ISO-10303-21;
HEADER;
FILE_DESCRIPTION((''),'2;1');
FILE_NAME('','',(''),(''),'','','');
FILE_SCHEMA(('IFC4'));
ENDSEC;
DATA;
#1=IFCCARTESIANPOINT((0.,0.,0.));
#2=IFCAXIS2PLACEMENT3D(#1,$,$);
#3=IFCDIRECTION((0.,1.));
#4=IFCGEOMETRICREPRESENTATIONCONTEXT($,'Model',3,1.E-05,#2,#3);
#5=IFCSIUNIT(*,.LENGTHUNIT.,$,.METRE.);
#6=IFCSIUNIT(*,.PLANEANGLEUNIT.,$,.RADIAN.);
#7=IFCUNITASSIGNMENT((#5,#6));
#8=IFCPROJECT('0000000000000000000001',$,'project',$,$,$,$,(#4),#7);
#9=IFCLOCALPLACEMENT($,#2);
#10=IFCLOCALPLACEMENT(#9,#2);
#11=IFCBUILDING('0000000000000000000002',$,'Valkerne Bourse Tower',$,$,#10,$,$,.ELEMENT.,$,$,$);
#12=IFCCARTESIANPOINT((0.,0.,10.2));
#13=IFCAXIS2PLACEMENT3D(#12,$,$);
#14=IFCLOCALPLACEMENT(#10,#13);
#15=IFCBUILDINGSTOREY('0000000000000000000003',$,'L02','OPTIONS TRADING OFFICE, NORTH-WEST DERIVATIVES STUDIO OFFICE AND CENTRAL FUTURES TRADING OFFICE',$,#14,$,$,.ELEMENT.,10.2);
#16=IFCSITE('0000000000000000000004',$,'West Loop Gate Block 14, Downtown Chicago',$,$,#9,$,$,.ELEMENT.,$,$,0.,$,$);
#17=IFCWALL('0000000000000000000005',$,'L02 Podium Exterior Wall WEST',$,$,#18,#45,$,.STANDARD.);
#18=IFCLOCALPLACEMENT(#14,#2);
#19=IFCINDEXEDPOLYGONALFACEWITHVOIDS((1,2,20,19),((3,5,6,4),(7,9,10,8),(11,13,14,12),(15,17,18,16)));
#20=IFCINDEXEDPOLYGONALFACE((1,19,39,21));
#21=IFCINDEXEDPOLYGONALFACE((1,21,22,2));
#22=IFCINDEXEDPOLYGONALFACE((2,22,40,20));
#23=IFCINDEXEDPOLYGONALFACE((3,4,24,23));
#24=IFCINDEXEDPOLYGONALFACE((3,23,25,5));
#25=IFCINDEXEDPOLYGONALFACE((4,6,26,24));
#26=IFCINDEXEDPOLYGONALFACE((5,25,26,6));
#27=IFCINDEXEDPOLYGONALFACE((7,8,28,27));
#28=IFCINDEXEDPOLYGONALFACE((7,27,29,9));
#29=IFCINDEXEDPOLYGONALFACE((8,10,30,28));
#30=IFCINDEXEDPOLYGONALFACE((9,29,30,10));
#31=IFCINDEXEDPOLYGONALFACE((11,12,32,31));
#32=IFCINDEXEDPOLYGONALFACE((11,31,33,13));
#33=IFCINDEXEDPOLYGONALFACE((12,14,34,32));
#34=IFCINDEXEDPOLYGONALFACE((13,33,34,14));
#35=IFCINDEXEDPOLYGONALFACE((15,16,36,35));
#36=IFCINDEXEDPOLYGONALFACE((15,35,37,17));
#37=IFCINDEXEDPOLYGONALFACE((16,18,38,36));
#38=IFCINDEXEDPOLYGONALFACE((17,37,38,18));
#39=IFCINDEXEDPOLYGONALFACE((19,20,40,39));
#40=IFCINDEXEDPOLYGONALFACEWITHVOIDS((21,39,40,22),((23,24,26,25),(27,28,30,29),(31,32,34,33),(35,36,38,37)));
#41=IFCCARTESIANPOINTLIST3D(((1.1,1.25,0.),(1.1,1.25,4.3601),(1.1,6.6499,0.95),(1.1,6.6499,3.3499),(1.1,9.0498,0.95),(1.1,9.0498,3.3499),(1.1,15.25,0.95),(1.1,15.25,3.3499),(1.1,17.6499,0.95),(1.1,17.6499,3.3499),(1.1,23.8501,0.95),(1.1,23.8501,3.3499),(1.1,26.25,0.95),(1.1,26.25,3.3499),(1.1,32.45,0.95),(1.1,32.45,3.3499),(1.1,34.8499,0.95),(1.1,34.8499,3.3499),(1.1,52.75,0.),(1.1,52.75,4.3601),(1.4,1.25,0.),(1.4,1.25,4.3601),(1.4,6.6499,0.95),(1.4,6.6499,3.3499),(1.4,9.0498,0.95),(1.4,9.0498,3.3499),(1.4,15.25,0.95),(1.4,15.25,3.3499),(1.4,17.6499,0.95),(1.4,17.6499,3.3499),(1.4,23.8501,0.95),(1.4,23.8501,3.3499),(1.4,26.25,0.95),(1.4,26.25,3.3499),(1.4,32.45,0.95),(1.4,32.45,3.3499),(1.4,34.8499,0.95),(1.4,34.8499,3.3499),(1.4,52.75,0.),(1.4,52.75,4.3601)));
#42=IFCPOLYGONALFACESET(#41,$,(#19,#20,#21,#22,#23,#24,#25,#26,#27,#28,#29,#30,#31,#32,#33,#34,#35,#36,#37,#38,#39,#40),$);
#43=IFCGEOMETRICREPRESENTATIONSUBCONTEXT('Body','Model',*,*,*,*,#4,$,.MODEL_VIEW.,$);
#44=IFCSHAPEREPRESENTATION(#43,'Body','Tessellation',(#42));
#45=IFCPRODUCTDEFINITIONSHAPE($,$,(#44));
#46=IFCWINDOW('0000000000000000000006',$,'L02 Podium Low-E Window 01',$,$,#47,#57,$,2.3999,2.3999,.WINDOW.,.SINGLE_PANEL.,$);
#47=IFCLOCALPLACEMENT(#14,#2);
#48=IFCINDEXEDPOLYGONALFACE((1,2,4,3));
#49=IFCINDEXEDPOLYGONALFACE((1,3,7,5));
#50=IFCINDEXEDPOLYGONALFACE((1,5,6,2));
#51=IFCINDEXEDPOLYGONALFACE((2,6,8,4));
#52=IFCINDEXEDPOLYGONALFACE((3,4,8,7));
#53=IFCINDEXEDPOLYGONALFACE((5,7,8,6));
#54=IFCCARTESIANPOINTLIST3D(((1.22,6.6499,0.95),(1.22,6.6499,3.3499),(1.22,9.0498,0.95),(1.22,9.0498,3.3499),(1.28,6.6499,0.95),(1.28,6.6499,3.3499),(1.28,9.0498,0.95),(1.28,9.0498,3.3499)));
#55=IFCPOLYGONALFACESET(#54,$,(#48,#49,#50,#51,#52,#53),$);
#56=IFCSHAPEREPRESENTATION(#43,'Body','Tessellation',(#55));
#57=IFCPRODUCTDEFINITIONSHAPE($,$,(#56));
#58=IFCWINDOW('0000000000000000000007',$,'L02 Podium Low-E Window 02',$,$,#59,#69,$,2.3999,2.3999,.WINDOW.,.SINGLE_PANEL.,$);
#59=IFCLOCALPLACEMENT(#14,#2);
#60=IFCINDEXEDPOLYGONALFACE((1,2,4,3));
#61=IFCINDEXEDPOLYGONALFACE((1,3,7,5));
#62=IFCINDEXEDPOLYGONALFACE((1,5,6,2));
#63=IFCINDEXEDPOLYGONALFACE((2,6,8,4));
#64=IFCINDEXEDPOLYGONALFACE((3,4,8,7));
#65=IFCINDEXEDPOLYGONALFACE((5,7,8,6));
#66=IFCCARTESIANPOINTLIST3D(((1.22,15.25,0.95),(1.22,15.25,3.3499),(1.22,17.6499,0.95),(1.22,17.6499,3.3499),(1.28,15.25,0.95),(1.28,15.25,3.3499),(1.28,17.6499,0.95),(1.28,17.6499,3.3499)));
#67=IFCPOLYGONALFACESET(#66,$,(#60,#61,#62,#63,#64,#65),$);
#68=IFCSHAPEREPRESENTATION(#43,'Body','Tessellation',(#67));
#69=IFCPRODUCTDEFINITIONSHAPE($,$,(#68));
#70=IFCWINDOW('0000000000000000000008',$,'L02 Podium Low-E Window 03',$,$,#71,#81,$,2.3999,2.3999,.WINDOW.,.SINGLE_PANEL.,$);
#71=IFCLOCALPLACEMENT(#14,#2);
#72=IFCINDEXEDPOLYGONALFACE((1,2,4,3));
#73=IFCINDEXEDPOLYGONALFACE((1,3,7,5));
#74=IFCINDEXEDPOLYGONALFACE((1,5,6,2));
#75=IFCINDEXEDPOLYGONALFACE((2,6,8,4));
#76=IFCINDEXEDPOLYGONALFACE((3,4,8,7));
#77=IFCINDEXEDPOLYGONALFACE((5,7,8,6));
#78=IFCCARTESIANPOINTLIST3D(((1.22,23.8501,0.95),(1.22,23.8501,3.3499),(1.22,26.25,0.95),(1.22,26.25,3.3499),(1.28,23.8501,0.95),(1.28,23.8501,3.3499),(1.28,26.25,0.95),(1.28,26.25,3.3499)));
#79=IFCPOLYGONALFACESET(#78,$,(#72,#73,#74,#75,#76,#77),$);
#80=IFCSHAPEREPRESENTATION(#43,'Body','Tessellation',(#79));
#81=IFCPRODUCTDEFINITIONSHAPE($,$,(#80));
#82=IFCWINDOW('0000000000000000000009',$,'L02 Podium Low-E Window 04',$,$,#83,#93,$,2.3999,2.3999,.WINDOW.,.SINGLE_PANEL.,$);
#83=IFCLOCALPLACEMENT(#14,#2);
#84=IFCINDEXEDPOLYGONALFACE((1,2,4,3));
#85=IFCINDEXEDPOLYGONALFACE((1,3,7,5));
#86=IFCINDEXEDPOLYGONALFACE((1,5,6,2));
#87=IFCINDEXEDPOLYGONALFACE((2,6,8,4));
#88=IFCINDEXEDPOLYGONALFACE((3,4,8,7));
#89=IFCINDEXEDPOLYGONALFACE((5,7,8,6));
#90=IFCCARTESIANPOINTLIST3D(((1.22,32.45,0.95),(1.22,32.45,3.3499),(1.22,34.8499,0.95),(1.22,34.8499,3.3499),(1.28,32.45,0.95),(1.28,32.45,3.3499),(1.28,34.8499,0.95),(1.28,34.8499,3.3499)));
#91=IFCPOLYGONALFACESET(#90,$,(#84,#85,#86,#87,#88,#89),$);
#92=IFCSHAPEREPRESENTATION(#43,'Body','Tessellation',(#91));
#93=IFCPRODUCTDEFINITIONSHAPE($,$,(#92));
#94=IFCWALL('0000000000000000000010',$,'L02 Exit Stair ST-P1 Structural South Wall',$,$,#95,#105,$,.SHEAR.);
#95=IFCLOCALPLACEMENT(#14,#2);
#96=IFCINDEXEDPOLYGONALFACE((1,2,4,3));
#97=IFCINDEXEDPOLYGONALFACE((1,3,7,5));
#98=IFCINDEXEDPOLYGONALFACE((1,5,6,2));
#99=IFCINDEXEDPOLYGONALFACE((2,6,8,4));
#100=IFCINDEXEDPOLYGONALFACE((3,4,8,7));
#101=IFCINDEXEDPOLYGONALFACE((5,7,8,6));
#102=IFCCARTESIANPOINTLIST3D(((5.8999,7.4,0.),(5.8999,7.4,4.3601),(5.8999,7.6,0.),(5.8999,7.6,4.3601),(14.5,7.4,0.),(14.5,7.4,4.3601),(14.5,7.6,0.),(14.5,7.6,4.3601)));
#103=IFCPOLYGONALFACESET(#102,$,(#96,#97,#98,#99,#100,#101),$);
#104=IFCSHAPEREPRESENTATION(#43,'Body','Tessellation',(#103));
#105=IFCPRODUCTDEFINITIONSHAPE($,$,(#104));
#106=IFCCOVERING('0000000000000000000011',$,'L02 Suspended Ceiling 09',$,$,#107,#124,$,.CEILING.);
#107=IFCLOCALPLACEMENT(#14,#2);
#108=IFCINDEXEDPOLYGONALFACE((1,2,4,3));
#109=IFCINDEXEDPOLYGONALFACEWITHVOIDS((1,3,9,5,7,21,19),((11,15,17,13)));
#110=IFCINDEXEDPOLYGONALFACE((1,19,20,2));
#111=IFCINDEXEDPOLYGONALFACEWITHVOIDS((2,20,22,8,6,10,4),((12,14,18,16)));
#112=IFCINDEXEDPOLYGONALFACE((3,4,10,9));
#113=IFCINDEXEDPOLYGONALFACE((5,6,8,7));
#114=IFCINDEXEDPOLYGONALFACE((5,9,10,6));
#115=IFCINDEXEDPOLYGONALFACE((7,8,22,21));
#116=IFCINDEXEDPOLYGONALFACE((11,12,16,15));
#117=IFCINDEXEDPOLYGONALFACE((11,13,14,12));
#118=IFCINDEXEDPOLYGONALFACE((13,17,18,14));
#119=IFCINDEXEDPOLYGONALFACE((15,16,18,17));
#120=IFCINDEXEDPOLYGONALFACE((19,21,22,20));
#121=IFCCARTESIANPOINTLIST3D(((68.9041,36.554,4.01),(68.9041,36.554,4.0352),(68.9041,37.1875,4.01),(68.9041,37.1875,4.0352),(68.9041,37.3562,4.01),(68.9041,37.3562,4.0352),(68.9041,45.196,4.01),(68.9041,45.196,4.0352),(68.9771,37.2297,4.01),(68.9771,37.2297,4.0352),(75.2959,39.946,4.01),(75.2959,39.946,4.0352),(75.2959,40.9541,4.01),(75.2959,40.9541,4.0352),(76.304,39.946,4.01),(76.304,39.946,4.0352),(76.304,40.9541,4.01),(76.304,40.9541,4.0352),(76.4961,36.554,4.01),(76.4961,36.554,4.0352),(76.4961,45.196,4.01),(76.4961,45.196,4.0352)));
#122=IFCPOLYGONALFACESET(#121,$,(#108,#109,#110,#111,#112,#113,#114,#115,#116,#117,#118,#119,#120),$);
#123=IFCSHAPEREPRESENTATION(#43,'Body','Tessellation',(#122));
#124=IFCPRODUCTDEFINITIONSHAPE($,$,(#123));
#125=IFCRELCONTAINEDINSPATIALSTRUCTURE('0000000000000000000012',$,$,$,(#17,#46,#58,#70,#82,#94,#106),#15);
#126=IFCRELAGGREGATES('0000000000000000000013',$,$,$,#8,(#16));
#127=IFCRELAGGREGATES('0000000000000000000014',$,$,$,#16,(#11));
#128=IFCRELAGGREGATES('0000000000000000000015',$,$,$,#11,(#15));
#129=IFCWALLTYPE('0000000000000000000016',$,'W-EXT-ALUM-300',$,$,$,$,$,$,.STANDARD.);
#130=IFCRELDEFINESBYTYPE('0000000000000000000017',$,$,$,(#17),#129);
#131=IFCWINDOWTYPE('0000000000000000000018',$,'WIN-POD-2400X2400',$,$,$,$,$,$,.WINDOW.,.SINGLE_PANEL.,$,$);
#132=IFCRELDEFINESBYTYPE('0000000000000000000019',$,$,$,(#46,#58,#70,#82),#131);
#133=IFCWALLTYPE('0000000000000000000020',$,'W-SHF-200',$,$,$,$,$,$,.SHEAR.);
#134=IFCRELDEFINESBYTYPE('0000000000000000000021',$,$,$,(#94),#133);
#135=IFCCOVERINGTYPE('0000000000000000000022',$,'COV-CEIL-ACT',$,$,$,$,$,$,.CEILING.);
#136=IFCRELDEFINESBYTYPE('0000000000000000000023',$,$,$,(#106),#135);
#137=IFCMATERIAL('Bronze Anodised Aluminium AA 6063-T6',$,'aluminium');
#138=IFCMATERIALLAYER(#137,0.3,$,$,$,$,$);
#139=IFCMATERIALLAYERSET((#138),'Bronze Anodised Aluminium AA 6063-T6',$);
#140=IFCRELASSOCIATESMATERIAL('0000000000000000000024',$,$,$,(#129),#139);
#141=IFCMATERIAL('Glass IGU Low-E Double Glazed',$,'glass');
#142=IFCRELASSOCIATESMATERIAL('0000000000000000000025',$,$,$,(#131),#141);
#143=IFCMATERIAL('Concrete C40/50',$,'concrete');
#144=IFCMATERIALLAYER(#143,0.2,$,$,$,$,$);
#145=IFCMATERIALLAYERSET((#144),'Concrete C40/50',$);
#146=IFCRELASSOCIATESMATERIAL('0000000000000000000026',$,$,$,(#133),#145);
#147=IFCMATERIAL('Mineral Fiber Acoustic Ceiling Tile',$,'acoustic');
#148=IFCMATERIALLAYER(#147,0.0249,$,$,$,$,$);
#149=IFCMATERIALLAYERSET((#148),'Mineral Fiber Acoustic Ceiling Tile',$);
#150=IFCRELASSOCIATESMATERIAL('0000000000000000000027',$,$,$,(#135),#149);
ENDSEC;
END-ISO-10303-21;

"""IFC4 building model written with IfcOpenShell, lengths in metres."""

from ifc_helpers import new_model, si_unit, direction, frame, frame_2d, origin, place, context, subcontext, project, spatial, polyline, rectangle, outline, extrude, material, layer, layer_set, type_object, element, fill, save


model = new_model("IFC4")

# Units and contexts
model_context = context("Model", 3, precision=1e-05, world=origin(), true_north=direction((0.0, 1.0)))
body_context = subcontext(model_context, "Body", "Model", "MODEL_VIEW")
ifc_project = project(units=[si_unit("LENGTHUNIT", "METRE"), si_unit("PLANEANGLEUNIT", "RADIAN")], contexts=[model_context])

# Site, building, storey
site_placement = place(None, origin())
site = spatial("IfcSite", under=ifc_project, at=site_placement, Name="West Loop Gate Block 14, Downtown Chicago", CompositionType="ELEMENT", RefElevation=0.0)
building_placement = place(site_placement, origin())
building = spatial("IfcBuilding", under=site, at=building_placement, Name="Valkerne Bourse Tower", CompositionType="ELEMENT")
storey_placement = place(building_placement, frame((0.0, 0.0, 10.2)))
storey = spatial("IfcBuildingStorey", under=building, at=storey_placement, Name="L02", Description="OPTIONS TRADING OFFICE, NORTH-WEST DERIVATIVES STUDIO OFFICE AND CENTRAL FUTURES TRADING OFFICE", CompositionType="ELEMENT", Elevation=10.2)

# Wall, openings, windows
ifc_material_1 = material(Name="Bronze Anodised Aluminium AA 6063-T6", Category="aluminium")
ifc_layer_1 = layer(ifc_material_1, 0.3)
ifc_layer_set_1 = layer_set([ifc_layer_1], Name="Bronze Anodised Aluminium AA 6063-T6")
wall_type_1 = type_object("IfcWallType", Name="W-EXT-ALUM-300", PredefinedType="STANDARD", material=ifc_layer_set_1)
wall_1_placement = place(storey_placement, frame((1.25, 1.25, 0.0), z_axis=(0.0, 0.0, 1.0), x_axis=(0.0, 1.0, 0.0)))
wall_1 = element("IfcWall", 1, at=wall_1_placement, inside=storey, type_object=wall_type_1, Name="L02 Podium Exterior Wall WEST", PredefinedType="STANDARD", context=body_context, shape_type="SweptSolid", body=[
    extrude(rectangle(XDim=51.5, YDim=0.3, at=frame_2d((25.75, 0.0))), origin(), (0.0, 0.0, 1.0), 4.3601),
])
opening_1_placement = place(wall_1_placement, frame((5.3999, 0.0, 0.95)))
opening_1 = element("IfcOpeningElement", 2, at=opening_1_placement, cuts=wall_1, PredefinedType="OPENING", context=body_context, shape_type="SweptSolid", body=[
    extrude(rectangle(XDim=2.3999, YDim=2.3999, at=frame_2d((1.2, 1.2))), frame((0.0, 0.1599, 0.0), z_axis=(0.0, -1.0, 0.0), x_axis=(1.0, 0.0, 0.0)), (0.0, 0.0, 1.0), 0.3201),
])
opening_2_placement = place(wall_1_placement, frame((14.0, 0.0, 0.95)))
opening_2 = element("IfcOpeningElement", 3, at=opening_2_placement, cuts=wall_1, PredefinedType="OPENING", context=body_context, shape_type="SweptSolid", body=[
    extrude(rectangle(XDim=2.3999, YDim=2.3999, at=frame_2d((1.2, 1.2))), frame((0.0, 0.1599, 0.0), z_axis=(0.0, -1.0, 0.0), x_axis=(1.0, 0.0, 0.0)), (0.0, 0.0, 1.0), 0.3201),
])
opening_3_placement = place(wall_1_placement, frame((22.6001, 0.0, 0.95)))
opening_3 = element("IfcOpeningElement", 4, at=opening_3_placement, cuts=wall_1, PredefinedType="OPENING", context=body_context, shape_type="SweptSolid", body=[
    extrude(rectangle(XDim=2.3999, YDim=2.3999, at=frame_2d((1.2, 1.2))), frame((0.0, 0.1599, 0.0), z_axis=(0.0, -1.0, 0.0), x_axis=(1.0, 0.0, 0.0)), (0.0, 0.0, 1.0), 0.3201),
])
opening_4_placement = place(wall_1_placement, frame((31.2, 0.0, 0.95)))
opening_4 = element("IfcOpeningElement", 5, at=opening_4_placement, cuts=wall_1, PredefinedType="OPENING", context=body_context, shape_type="SweptSolid", body=[
    extrude(rectangle(XDim=2.3999, YDim=2.3999, at=frame_2d((1.2, 1.2))), frame((0.0, 0.1599, 0.0), z_axis=(0.0, -1.0, 0.0), x_axis=(1.0, 0.0, 0.0)), (0.0, 0.0, 1.0), 0.3201),
])
ifc_material_2 = material(Name="Glass IGU Low-E Double Glazed", Category="glass")
window_type = type_object("IfcWindowType", Name="WIN-POD-2400X2400", PartitioningType="SINGLE_PANEL", PredefinedType="WINDOW", material=ifc_material_2)
window_1_placement = place(opening_1_placement, origin())
window_1 = element("IfcWindow", 6, at=window_1_placement, inside=storey, type_object=window_type, Name="L02 Podium Low-E Window 01", OverallHeight=2.3999, OverallWidth=2.3999, PartitioningType="SINGLE_PANEL", PredefinedType="WINDOW", context=body_context, shape_type="SweptSolid", body=[
    extrude(rectangle(XDim=2.3999, YDim=2.3999, at=frame_2d((1.2, 1.2))), frame((0.0, 0.03, 0.0), z_axis=(0.0, -1.0, 0.0), x_axis=(1.0, 0.0, 0.0)), (0.0, 0.0, 1.0), 0.0601),
])
fill(opening_1, window_1)
window_2_placement = place(opening_2_placement, origin())
window_2 = element("IfcWindow", 7, at=window_2_placement, inside=storey, type_object=window_type, Name="L02 Podium Low-E Window 02", OverallHeight=2.3999, OverallWidth=2.3999, PartitioningType="SINGLE_PANEL", PredefinedType="WINDOW", context=body_context, shape_type="SweptSolid", body=[
    extrude(rectangle(XDim=2.3999, YDim=2.3999, at=frame_2d((1.2, 1.2))), frame((0.0, 0.03, 0.0), z_axis=(0.0, -1.0, 0.0), x_axis=(1.0, 0.0, 0.0)), (0.0, 0.0, 1.0), 0.0601),
])
fill(opening_2, window_2)
window_3_placement = place(opening_3_placement, origin())
window_3 = element("IfcWindow", 8, at=window_3_placement, inside=storey, type_object=window_type, Name="L02 Podium Low-E Window 03", OverallHeight=2.3999, OverallWidth=2.3999, PartitioningType="SINGLE_PANEL", PredefinedType="WINDOW", context=body_context, shape_type="SweptSolid", body=[
    extrude(rectangle(XDim=2.3999, YDim=2.3999, at=frame_2d((1.2, 1.2))), frame((0.0, 0.03, 0.0), z_axis=(0.0, -1.0, 0.0), x_axis=(1.0, 0.0, 0.0)), (0.0, 0.0, 1.0), 0.0601),
])
fill(opening_3, window_3)
window_4_placement = place(opening_4_placement, origin())
window_4 = element("IfcWindow", 9, at=window_4_placement, inside=storey, type_object=window_type, Name="L02 Podium Low-E Window 04", OverallHeight=2.3999, OverallWidth=2.3999, PartitioningType="SINGLE_PANEL", PredefinedType="WINDOW", context=body_context, shape_type="SweptSolid", body=[
    extrude(rectangle(XDim=2.3999, YDim=2.3999, at=frame_2d((1.2, 1.2))), frame((0.0, 0.03, 0.0), z_axis=(0.0, -1.0, 0.0), x_axis=(1.0, 0.0, 0.0)), (0.0, 0.0, 1.0), 0.0601),
])
fill(opening_4, window_4)

# Wall
ifc_material_3 = material(Name="Concrete C40/50", Category="concrete")
ifc_layer_2 = layer(ifc_material_3, 0.2)
ifc_layer_set_2 = layer_set([ifc_layer_2], Name="Concrete C40/50")
wall_type_2 = type_object("IfcWallType", Name="W-SHF-200", PredefinedType="SHEAR", material=ifc_layer_set_2)
wall_2_placement = place(storey_placement, frame((5.8999, 7.5, 0.0), z_axis=(0.0, 0.0, 1.0), x_axis=(1.0, 0.0, 0.0)))
element("IfcWall", 10, at=wall_2_placement, inside=storey, type_object=wall_type_2, Name="L02 Exit Stair ST-P1 Structural South Wall", PredefinedType="SHEAR", context=body_context, shape_type="SweptSolid", body=[
    extrude(rectangle(XDim=8.6001, YDim=0.2, at=frame_2d((4.3, 0.0))), origin(), (0.0, 0.0, 1.0), 4.3601),
])

# Covering
ifc_material_4 = material(Name="Mineral Fiber Acoustic Ceiling Tile", Category="acoustic")
ifc_layer_3 = layer(ifc_material_4, 0.0249)
ifc_layer_set_3 = layer_set([ifc_layer_3], Name="Mineral Fiber Acoustic Ceiling Tile")
covering_type_1 = type_object("IfcCoveringType", Name="COV-CEIL-ACT", PredefinedType="CEILING", material=ifc_layer_set_3)
covering_1_placement = place(storey_placement, frame((0.0, 0.0, 4.01)))
element("IfcCovering", 11, at=covering_1_placement, inside=storey, type_object=covering_type_1, Name="L02 Suspended Ceiling 09", PredefinedType="CEILING", context=body_context, shape_type="SweptSolid", body=[
    extrude(outline(polyline([(68.9041, 37.1875), (68.9771, 37.2297), (68.9041, 37.3562), (68.9041, 45.196), (76.4961, 45.196), (76.4961, 36.554), (68.9041, 36.554), (68.9041, 37.1875)]), holes=[polyline([(76.304, 40.9541), (75.2959, 40.9541), (75.2959, 39.946), (76.304, 39.946), (76.304, 40.9541)])]), origin(), (0.0, 0.0, 1.0), 0.0251),
])

save(model, "model.ifc")
